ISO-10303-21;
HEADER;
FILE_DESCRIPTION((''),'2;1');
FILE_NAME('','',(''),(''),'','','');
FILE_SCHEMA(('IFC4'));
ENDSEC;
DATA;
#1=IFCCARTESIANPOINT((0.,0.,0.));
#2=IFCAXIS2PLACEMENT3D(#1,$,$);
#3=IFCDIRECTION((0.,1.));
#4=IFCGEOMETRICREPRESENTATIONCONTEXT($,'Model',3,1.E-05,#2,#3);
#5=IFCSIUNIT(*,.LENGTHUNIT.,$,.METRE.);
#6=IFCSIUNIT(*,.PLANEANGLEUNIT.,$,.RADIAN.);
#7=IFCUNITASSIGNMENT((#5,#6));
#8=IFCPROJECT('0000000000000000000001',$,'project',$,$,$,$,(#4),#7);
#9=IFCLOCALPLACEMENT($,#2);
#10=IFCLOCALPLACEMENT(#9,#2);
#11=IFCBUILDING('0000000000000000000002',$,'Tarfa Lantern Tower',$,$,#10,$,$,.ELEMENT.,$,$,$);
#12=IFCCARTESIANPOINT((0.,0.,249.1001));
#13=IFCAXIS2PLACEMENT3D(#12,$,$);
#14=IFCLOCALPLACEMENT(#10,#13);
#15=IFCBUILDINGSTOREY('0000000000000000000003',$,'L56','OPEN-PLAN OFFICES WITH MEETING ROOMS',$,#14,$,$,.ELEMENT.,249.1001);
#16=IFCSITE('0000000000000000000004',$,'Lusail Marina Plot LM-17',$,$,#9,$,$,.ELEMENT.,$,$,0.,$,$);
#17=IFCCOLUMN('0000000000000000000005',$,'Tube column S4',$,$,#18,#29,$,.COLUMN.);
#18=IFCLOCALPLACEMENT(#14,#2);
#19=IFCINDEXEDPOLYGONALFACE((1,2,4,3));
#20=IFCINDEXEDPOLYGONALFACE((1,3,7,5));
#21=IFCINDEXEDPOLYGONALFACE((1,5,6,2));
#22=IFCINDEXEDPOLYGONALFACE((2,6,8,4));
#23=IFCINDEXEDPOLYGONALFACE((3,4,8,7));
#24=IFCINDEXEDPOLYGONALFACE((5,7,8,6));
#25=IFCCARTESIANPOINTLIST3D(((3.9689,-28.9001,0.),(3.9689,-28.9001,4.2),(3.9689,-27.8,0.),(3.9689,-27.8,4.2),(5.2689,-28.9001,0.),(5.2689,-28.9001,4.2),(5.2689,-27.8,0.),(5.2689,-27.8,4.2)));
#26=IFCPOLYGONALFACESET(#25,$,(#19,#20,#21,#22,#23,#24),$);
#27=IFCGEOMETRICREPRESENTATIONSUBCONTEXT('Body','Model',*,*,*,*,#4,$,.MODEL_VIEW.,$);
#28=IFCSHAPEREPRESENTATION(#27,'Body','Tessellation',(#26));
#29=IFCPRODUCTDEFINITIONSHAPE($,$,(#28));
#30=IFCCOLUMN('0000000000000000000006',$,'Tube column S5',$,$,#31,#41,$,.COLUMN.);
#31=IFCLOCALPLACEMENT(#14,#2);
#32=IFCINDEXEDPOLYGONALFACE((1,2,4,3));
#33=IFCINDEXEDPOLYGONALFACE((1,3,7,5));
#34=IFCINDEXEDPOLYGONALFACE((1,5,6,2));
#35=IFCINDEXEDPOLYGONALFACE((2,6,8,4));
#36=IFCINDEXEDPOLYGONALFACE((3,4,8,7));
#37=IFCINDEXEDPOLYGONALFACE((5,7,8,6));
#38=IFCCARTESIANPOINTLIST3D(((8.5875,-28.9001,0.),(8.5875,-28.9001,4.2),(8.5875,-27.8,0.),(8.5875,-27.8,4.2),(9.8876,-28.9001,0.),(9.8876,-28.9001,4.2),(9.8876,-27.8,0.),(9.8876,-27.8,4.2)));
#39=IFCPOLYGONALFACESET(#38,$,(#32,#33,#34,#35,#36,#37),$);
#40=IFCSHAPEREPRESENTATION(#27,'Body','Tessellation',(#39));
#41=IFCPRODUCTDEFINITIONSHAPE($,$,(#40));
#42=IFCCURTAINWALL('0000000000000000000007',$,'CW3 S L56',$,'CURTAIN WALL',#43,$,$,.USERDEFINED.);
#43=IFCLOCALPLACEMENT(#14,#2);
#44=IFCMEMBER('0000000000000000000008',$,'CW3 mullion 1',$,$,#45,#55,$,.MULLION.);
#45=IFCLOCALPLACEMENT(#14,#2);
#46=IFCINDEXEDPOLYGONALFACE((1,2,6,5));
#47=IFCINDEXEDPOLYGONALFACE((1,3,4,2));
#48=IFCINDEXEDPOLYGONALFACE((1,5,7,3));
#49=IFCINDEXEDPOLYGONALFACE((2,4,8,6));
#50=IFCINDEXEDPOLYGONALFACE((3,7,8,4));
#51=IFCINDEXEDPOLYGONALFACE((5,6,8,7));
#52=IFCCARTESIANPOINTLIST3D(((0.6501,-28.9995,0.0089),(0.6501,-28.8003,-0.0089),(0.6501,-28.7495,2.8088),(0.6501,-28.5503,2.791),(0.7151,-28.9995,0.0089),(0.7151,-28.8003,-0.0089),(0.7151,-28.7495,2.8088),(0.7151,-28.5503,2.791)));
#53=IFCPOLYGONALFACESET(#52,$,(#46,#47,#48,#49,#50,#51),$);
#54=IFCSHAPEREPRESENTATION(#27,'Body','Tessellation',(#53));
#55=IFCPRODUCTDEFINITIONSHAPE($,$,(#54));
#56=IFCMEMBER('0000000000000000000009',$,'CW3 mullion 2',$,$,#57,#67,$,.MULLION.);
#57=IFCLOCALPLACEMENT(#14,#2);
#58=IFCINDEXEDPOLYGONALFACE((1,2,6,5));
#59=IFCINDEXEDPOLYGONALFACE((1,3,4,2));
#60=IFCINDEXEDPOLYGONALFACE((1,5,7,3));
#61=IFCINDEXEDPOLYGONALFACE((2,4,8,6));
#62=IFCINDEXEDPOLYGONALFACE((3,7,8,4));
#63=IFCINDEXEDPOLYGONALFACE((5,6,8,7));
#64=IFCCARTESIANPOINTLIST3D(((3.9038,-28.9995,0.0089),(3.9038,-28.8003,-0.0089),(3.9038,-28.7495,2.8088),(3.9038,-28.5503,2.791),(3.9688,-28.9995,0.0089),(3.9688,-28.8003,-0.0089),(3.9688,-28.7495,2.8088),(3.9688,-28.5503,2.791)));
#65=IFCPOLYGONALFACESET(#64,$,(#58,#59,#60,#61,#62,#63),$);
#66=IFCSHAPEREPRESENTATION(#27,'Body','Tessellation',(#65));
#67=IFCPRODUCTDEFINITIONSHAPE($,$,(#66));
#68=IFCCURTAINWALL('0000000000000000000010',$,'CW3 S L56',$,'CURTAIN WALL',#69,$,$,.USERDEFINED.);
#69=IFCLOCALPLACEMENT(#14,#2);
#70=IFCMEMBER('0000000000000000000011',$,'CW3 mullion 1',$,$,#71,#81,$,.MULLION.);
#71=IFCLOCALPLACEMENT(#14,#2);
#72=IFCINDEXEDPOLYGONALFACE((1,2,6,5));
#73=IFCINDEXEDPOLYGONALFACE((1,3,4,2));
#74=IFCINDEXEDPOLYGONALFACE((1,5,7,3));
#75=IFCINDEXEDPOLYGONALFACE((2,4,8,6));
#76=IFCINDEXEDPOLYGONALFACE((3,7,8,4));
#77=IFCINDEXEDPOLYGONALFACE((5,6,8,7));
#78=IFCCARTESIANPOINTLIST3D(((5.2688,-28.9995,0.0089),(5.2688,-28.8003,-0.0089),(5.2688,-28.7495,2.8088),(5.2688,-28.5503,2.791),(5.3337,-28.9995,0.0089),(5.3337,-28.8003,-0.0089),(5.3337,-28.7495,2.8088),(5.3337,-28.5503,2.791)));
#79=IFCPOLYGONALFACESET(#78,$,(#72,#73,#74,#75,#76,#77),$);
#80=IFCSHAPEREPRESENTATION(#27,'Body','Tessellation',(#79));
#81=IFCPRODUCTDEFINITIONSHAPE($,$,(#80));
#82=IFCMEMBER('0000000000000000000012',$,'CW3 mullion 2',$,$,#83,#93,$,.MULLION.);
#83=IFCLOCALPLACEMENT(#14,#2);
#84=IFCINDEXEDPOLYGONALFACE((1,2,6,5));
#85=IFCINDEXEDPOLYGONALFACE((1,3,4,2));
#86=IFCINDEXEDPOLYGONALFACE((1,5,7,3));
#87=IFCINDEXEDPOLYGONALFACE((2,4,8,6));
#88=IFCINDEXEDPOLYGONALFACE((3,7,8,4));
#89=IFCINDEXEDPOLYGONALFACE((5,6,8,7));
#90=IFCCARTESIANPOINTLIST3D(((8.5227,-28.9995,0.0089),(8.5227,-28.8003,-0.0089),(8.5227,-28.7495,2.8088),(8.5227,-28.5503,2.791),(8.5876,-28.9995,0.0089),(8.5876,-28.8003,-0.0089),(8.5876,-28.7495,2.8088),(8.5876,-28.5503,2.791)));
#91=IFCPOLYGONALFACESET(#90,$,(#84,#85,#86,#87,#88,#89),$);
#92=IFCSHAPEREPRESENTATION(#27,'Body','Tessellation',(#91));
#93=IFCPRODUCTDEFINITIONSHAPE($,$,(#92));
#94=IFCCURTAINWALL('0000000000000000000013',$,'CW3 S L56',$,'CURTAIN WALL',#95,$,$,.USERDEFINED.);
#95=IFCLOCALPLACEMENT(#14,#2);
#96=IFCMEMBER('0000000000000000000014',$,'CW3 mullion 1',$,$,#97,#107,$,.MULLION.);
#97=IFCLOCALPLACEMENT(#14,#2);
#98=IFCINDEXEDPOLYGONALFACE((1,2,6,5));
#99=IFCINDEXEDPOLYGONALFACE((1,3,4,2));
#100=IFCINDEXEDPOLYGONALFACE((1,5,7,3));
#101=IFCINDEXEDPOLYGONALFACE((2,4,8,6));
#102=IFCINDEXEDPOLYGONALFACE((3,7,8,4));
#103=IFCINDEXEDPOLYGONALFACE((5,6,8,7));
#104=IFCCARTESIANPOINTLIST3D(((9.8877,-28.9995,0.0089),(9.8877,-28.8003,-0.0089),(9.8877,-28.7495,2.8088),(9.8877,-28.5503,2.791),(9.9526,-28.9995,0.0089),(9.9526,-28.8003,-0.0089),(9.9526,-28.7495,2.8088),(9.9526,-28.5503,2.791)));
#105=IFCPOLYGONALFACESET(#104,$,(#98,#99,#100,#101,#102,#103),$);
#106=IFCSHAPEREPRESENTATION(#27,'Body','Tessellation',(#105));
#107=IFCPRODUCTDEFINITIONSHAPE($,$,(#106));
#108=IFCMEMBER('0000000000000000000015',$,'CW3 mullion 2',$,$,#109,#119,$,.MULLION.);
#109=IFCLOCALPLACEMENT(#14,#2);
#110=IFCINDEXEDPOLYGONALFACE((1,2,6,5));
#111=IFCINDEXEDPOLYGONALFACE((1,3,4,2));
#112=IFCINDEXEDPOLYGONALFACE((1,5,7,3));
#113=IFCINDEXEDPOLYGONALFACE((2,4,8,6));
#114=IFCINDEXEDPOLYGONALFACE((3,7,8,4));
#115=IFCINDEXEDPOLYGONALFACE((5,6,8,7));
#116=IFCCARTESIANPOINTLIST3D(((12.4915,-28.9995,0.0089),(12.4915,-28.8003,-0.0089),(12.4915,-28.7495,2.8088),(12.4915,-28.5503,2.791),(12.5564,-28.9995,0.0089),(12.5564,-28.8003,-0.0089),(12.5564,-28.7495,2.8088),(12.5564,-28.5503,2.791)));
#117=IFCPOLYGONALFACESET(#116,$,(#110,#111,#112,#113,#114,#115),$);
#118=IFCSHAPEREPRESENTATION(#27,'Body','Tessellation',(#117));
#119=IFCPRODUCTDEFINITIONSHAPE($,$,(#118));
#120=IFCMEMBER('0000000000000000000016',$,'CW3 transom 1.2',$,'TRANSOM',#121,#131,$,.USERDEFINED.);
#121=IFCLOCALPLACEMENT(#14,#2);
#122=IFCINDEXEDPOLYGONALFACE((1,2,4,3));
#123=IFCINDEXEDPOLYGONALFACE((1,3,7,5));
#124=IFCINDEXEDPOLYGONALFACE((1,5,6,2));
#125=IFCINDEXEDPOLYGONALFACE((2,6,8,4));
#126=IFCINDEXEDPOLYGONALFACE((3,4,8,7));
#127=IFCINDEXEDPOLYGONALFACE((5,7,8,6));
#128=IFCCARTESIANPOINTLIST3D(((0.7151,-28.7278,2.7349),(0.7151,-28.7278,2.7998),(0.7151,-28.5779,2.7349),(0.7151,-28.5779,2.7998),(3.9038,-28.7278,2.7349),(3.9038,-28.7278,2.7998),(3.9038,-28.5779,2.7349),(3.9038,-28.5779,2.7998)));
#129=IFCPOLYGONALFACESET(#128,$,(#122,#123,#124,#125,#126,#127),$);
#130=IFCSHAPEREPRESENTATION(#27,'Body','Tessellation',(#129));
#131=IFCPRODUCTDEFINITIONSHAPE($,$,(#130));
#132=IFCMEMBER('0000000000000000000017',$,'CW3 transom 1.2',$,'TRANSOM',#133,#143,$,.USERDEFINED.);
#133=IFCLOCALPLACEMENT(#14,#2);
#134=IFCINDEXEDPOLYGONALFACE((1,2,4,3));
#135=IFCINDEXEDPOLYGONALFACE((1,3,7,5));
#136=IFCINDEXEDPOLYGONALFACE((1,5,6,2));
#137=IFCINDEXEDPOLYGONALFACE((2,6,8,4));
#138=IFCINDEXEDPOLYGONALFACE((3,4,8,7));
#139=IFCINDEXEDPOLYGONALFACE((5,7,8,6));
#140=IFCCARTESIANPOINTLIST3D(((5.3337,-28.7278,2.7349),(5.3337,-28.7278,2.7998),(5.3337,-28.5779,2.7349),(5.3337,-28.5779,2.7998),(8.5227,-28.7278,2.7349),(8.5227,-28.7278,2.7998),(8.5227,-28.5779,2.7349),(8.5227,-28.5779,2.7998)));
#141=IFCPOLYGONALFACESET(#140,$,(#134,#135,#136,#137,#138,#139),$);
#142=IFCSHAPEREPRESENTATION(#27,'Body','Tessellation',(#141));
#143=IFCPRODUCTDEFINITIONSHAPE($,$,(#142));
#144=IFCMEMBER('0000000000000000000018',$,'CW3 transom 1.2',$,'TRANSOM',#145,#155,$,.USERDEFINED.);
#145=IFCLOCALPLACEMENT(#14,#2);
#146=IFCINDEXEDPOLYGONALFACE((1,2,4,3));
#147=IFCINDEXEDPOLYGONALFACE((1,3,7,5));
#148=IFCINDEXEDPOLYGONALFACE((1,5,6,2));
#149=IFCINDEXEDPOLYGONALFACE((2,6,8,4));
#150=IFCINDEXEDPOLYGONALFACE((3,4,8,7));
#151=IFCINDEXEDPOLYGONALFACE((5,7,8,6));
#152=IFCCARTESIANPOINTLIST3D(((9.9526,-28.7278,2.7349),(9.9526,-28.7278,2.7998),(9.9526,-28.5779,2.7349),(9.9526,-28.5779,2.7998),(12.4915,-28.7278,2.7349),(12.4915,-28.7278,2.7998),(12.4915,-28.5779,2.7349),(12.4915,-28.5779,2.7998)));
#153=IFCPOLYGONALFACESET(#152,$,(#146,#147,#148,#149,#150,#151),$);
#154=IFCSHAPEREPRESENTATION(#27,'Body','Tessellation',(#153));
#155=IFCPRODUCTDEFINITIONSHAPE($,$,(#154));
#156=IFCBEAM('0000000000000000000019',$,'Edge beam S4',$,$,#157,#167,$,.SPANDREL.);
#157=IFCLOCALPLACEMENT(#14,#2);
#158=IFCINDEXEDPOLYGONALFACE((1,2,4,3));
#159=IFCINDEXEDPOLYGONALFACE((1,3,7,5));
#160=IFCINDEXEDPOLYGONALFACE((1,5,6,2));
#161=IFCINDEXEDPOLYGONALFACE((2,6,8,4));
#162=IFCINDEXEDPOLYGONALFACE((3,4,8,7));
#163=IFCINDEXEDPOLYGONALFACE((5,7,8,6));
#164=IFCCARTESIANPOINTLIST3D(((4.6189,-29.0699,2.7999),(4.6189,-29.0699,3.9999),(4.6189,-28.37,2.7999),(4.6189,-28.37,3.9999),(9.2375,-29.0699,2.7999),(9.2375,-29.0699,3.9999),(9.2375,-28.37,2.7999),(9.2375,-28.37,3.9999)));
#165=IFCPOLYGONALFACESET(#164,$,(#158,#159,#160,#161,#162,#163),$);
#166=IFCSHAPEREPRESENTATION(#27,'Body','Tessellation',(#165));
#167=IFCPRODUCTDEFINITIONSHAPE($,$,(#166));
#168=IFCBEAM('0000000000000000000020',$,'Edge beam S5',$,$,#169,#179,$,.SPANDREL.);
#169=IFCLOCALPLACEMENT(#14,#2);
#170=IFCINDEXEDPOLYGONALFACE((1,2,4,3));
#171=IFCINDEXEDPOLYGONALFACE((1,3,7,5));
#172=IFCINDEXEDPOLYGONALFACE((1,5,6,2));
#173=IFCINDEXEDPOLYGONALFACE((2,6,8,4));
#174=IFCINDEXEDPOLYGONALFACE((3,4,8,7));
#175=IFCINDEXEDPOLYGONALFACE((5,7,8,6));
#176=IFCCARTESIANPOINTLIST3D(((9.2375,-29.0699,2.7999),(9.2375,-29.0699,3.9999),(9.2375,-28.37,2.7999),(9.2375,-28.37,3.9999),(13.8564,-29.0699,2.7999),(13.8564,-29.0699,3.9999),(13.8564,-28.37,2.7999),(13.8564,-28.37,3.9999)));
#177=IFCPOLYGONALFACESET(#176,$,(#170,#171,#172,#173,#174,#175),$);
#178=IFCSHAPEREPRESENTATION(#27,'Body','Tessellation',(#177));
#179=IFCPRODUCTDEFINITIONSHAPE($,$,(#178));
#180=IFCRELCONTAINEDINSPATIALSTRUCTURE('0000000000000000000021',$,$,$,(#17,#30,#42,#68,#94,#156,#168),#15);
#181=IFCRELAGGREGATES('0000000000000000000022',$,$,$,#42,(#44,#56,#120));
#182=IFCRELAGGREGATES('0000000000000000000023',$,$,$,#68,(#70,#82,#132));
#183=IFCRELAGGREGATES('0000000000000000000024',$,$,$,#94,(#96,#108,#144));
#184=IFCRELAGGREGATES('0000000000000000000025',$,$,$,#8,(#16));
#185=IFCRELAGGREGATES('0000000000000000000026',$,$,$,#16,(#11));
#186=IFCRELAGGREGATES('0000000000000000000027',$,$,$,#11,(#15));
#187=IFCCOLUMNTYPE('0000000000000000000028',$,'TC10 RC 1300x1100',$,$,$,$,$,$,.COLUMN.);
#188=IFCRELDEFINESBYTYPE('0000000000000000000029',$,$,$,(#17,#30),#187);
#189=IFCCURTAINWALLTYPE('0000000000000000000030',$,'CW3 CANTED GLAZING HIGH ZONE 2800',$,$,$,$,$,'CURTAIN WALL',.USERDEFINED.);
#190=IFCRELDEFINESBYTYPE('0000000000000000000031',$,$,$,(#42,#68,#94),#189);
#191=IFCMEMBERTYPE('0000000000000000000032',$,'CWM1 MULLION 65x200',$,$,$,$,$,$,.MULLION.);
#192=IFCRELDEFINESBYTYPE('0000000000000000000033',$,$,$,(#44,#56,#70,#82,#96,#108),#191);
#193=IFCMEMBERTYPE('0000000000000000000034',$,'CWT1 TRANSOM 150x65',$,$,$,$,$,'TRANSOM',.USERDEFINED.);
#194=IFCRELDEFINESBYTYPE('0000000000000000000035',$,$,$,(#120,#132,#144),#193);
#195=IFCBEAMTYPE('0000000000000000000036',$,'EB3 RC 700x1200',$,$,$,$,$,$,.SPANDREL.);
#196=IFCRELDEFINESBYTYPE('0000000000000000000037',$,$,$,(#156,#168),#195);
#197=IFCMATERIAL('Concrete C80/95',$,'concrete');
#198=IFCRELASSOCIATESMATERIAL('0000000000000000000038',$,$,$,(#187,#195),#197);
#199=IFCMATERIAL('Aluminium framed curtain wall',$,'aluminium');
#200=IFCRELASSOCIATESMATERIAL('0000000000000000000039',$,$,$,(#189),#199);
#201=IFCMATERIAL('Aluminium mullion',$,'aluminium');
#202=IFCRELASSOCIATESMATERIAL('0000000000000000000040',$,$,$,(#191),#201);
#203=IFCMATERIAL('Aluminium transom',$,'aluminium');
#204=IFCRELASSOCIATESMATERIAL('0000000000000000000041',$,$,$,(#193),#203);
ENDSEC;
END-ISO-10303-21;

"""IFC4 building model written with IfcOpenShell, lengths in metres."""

from ifc_helpers import new_model, si_unit, direction, frame, origin, origin_2d, place, context, subcontext, project, spatial, rectangle, extrude, material, material_profile, profile_set, type_object, element, aggregate, save


model = new_model("IFC4")

# Units and contexts
model_context = context("Model", 3, precision=1e-05, world=origin(), true_north=direction((0.0, 1.0)))
body_context = subcontext(model_context, "Body", "Model", "MODEL_VIEW")
ifc_project = project(units=[si_unit("LENGTHUNIT", "METRE"), si_unit("PLANEANGLEUNIT", "RADIAN")], contexts=[model_context])

# Site, building, storey
site_placement = place(None, origin())
site = spatial("IfcSite", under=ifc_project, at=site_placement, Name="Lusail Marina Plot LM-17", CompositionType="ELEMENT", RefElevation=0.0)
building_placement = place(site_placement, origin())
building = spatial("IfcBuilding", under=site, at=building_placement, Name="Tarfa Lantern Tower", CompositionType="ELEMENT")
storey_placement = place(building_placement, frame((0.0, 0.0, 249.1001)))
storey = spatial("IfcBuildingStorey", under=building, at=storey_placement, Name="L56", Description="OPEN-PLAN OFFICES WITH MEETING ROOMS", CompositionType="ELEMENT", Elevation=249.1001)

# Columns
ifc_material_1 = material(Name="Concrete C80/95", Category="concrete")
ifc_material_profile_1 = material_profile(ifc_material_1, rectangle(XDim=1.3, YDim=1.1001, at=origin_2d()), Name="RC 1300x1100")
ifc_profile_set_1 = profile_set([ifc_material_profile_1], Name="Concrete C80/95")
column_type = type_object("IfcColumnType", Name="TC10 RC 1300x1100", PredefinedType="COLUMN", material=ifc_profile_set_1)
for number, where, z_axis, x_axis, name in (
    (1, (4.6189, -28.3501, 0.0), (0.0, 0.0, 1.0), (1.0, 0.0, 0.0), "Tube column S4"),
    (2, (9.2375, -28.3501, 0.0), (0.0, 0.0, 1.0), (1.0, 0.0, 0.0), "Tube column S5"),
):
    element("IfcColumn", number, at=place(storey_placement, frame(where, z_axis=z_axis, x_axis=x_axis)), inside=storey, type_object=column_type, Name=name, PredefinedType="COLUMN", context=body_context, shape_type="SweptSolid", body=[
        extrude(rectangle(XDim=1.3, YDim=1.1001, at=origin_2d()), origin(), (0.0, 0.0, 1.0), 4.2),
    ])

# Curtain walls, members
ifc_material_2 = material(Name="Aluminium framed curtain wall", Category="aluminium")
curtain_wall_type = type_object("IfcCurtainWallType", Name="CW3 CANTED GLAZING HIGH ZONE 2800", ElementType="CURTAIN WALL", PredefinedType="USERDEFINED", material=ifc_material_2)
curtain_wall_1_placement = place(storey_placement, origin())
curtain_wall_1 = element("IfcCurtainWall", 3, at=curtain_wall_1_placement, inside=storey, type_object=curtain_wall_type, Name="CW3 S L56", ObjectType="CURTAIN WALL", PredefinedType="USERDEFINED")
ifc_material_3 = material(Name="Aluminium mullion", Category="aluminium")
ifc_material_profile_2 = material_profile(ifc_material_3, rectangle(XDim=0.0649, YDim=0.2, at=origin_2d()), Name="AL MULLION 65x200")
ifc_profile_set_2 = profile_set([ifc_material_profile_2], Name="Aluminium mullion")
member_type_1 = type_object("IfcMemberType", Name="CWM1 MULLION 65x200", PredefinedType="MULLION", material=ifc_profile_set_2)
member_1_placement = place(storey_placement, frame((0.6826, -28.8999, 0.0), z_axis=(0.0, 0.088938, 0.996037), x_axis=(-1.0, 0.0, 0.0)))
member_1 = element("IfcMember", 4, at=member_1_placement, type_object=member_type_1, Name="CW3 mullion 1", PredefinedType="MULLION", context=body_context, shape_type="SweptSolid", body=[
    extrude(rectangle(XDim=0.0649, YDim=0.2, at=origin_2d()), origin(), (0.0, 0.0, 1.0), 2.811),
])
member_2_placement = place(storey_placement, frame((3.9363, -28.8999, 0.0), z_axis=(0.0, 0.088938, 0.996037), x_axis=(-1.0, 0.0, 0.0)))
member_2 = element("IfcMember", 5, at=member_2_placement, type_object=member_type_1, Name="CW3 mullion 2", PredefinedType="MULLION", context=body_context, shape_type="SweptSolid", body=[
    extrude(rectangle(XDim=0.0649, YDim=0.2, at=origin_2d()), origin(), (0.0, 0.0, 1.0), 2.811),
])
curtain_wall_2_placement = place(storey_placement, origin())
curtain_wall_2 = element("IfcCurtainWall", 6, at=curtain_wall_2_placement, inside=storey, type_object=curtain_wall_type, Name="CW3 S L56", ObjectType="CURTAIN WALL", PredefinedType="USERDEFINED")
member_3_placement = place(storey_placement, frame((5.3013, -28.8999, 0.0), z_axis=(0.0, 0.088938, 0.996037), x_axis=(-1.0, 0.0, 0.0)))
member_3 = element("IfcMember", 7, at=member_3_placement, type_object=member_type_1, Name="CW3 mullion 1", PredefinedType="MULLION", context=body_context, shape_type="SweptSolid", body=[
    extrude(rectangle(XDim=0.0649, YDim=0.2, at=origin_2d()), origin(), (0.0, 0.0, 1.0), 2.811),
])
member_4_placement = place(storey_placement, frame((8.5552, -28.8999, 0.0), z_axis=(0.0, 0.088938, 0.996037), x_axis=(-1.0, 0.0, 0.0)))
member_4 = element("IfcMember", 8, at=member_4_placement, type_object=member_type_1, Name="CW3 mullion 2", PredefinedType="MULLION", context=body_context, shape_type="SweptSolid", body=[
    extrude(rectangle(XDim=0.0649, YDim=0.2, at=origin_2d()), origin(), (0.0, 0.0, 1.0), 2.811),
])
curtain_wall_3_placement = place(storey_placement, origin())
curtain_wall_3 = element("IfcCurtainWall", 9, at=curtain_wall_3_placement, inside=storey, type_object=curtain_wall_type, Name="CW3 S L56", ObjectType="CURTAIN WALL", PredefinedType="USERDEFINED")
member_5_placement = place(storey_placement, frame((9.9202, -28.8999, 0.0), z_axis=(0.0, 0.088938, 0.996037), x_axis=(-1.0, 0.0, 0.0)))
member_5 = element("IfcMember", 10, at=member_5_placement, type_object=member_type_1, Name="CW3 mullion 1", PredefinedType="MULLION", context=body_context, shape_type="SweptSolid", body=[
    extrude(rectangle(XDim=0.0649, YDim=0.2, at=origin_2d()), origin(), (0.0, 0.0, 1.0), 2.811),
])
member_6_placement = place(storey_placement, frame((12.5239, -28.8999, 0.0), z_axis=(0.0, 0.088938, 0.996037), x_axis=(-1.0, 0.0, 0.0)))
member_6 = element("IfcMember", 11, at=member_6_placement, type_object=member_type_1, Name="CW3 mullion 2", PredefinedType="MULLION", context=body_context, shape_type="SweptSolid", body=[
    extrude(rectangle(XDim=0.0649, YDim=0.2, at=origin_2d()), origin(), (0.0, 0.0, 1.0), 2.811),
])

# Members
ifc_material_4 = material(Name="Aluminium transom", Category="aluminium")
ifc_material_profile_3 = material_profile(ifc_material_4, rectangle(XDim=0.1499, YDim=0.0649, at=origin_2d()), Name="AL TRANSOM 150x65")
ifc_profile_set_3 = profile_set([ifc_material_profile_3], Name="Aluminium transom")
member_type_2 = type_object("IfcMemberType", Name="CWT1 TRANSOM 150x65", ElementType="TRANSOM", PredefinedType="USERDEFINED", material=ifc_profile_set_3)
member_7_placement = place(storey_placement, frame((0.7151, -28.6528, 2.7673), z_axis=(1.0, 0.0, 0.0), x_axis=(0.0, 1.0, 0.0)))
member_7 = element("IfcMember", 12, at=member_7_placement, type_object=member_type_2, Name="CW3 transom 1.2", ObjectType="TRANSOM", PredefinedType="USERDEFINED", context=body_context, shape_type="SweptSolid", body=[
    extrude(rectangle(XDim=0.1499, YDim=0.0649, at=origin_2d()), origin(), (0.0, 0.0, 1.0), 3.1887),
])
member_8_placement = place(storey_placement, frame((5.3337, -28.6528, 2.7673), z_axis=(1.0, 0.0, 0.0), x_axis=(0.0, 1.0, 0.0)))
member_8 = element("IfcMember", 13, at=member_8_placement, type_object=member_type_2, Name="CW3 transom 1.2", ObjectType="TRANSOM", PredefinedType="USERDEFINED", context=body_context, shape_type="SweptSolid", body=[
    extrude(rectangle(XDim=0.1499, YDim=0.0649, at=origin_2d()), origin(), (0.0, 0.0, 1.0), 3.189),
])
member_9_placement = place(storey_placement, frame((9.9526, -28.6528, 2.7673), z_axis=(1.0, 0.0, 0.0), x_axis=(0.0, 1.0, 0.0)))
member_9 = element("IfcMember", 14, at=member_9_placement, type_object=member_type_2, Name="CW3 transom 1.2", ObjectType="TRANSOM", PredefinedType="USERDEFINED", context=body_context, shape_type="SweptSolid", body=[
    extrude(rectangle(XDim=0.1499, YDim=0.0649, at=origin_2d()), origin(), (0.0, 0.0, 1.0), 2.5388),
])

# Beams
ifc_material_profile_4 = material_profile(ifc_material_1, rectangle(XDim=0.7, YDim=1.2, at=origin_2d()), Name="RC 700x1200")
ifc_profile_set_4 = profile_set([ifc_material_profile_4], Name="Concrete C80/95")
beam_type_1 = type_object("IfcBeamType", Name="EB3 RC 700x1200", PredefinedType="SPANDREL", material=ifc_profile_set_4)
beam_1_placement = place(storey_placement, frame((4.6189, -28.72, 3.3999), z_axis=(1.0, 0.0, 0.0), x_axis=(0.0, 1.0, 0.0)))
element("IfcBeam", 15, at=beam_1_placement, inside=storey, type_object=beam_type_1, Name="Edge beam S4", PredefinedType="SPANDREL", context=body_context, shape_type="SweptSolid", body=[
    extrude(rectangle(XDim=0.7, YDim=1.2, at=origin_2d()), origin(), (0.0, 0.0, 1.0), 4.6187),
])
beam_2_placement = place(storey_placement, frame((9.2375, -28.72, 3.3999), z_axis=(1.0, 0.0, 0.0), x_axis=(0.0, 1.0, 0.0)))
element("IfcBeam", 16, at=beam_2_placement, inside=storey, type_object=beam_type_1, Name="Edge beam S5", PredefinedType="SPANDREL", context=body_context, shape_type="SweptSolid", body=[
    extrude(rectangle(XDim=0.7, YDim=1.2, at=origin_2d()), origin(), (0.0, 0.0, 1.0), 4.6189),
])

aggregate(curtain_wall_1, [member_1, member_2, member_7])
aggregate(curtain_wall_2, [member_3, member_4, member_8])
aggregate(curtain_wall_3, [member_5, member_6, member_9])

save(model, "model.ifc")
